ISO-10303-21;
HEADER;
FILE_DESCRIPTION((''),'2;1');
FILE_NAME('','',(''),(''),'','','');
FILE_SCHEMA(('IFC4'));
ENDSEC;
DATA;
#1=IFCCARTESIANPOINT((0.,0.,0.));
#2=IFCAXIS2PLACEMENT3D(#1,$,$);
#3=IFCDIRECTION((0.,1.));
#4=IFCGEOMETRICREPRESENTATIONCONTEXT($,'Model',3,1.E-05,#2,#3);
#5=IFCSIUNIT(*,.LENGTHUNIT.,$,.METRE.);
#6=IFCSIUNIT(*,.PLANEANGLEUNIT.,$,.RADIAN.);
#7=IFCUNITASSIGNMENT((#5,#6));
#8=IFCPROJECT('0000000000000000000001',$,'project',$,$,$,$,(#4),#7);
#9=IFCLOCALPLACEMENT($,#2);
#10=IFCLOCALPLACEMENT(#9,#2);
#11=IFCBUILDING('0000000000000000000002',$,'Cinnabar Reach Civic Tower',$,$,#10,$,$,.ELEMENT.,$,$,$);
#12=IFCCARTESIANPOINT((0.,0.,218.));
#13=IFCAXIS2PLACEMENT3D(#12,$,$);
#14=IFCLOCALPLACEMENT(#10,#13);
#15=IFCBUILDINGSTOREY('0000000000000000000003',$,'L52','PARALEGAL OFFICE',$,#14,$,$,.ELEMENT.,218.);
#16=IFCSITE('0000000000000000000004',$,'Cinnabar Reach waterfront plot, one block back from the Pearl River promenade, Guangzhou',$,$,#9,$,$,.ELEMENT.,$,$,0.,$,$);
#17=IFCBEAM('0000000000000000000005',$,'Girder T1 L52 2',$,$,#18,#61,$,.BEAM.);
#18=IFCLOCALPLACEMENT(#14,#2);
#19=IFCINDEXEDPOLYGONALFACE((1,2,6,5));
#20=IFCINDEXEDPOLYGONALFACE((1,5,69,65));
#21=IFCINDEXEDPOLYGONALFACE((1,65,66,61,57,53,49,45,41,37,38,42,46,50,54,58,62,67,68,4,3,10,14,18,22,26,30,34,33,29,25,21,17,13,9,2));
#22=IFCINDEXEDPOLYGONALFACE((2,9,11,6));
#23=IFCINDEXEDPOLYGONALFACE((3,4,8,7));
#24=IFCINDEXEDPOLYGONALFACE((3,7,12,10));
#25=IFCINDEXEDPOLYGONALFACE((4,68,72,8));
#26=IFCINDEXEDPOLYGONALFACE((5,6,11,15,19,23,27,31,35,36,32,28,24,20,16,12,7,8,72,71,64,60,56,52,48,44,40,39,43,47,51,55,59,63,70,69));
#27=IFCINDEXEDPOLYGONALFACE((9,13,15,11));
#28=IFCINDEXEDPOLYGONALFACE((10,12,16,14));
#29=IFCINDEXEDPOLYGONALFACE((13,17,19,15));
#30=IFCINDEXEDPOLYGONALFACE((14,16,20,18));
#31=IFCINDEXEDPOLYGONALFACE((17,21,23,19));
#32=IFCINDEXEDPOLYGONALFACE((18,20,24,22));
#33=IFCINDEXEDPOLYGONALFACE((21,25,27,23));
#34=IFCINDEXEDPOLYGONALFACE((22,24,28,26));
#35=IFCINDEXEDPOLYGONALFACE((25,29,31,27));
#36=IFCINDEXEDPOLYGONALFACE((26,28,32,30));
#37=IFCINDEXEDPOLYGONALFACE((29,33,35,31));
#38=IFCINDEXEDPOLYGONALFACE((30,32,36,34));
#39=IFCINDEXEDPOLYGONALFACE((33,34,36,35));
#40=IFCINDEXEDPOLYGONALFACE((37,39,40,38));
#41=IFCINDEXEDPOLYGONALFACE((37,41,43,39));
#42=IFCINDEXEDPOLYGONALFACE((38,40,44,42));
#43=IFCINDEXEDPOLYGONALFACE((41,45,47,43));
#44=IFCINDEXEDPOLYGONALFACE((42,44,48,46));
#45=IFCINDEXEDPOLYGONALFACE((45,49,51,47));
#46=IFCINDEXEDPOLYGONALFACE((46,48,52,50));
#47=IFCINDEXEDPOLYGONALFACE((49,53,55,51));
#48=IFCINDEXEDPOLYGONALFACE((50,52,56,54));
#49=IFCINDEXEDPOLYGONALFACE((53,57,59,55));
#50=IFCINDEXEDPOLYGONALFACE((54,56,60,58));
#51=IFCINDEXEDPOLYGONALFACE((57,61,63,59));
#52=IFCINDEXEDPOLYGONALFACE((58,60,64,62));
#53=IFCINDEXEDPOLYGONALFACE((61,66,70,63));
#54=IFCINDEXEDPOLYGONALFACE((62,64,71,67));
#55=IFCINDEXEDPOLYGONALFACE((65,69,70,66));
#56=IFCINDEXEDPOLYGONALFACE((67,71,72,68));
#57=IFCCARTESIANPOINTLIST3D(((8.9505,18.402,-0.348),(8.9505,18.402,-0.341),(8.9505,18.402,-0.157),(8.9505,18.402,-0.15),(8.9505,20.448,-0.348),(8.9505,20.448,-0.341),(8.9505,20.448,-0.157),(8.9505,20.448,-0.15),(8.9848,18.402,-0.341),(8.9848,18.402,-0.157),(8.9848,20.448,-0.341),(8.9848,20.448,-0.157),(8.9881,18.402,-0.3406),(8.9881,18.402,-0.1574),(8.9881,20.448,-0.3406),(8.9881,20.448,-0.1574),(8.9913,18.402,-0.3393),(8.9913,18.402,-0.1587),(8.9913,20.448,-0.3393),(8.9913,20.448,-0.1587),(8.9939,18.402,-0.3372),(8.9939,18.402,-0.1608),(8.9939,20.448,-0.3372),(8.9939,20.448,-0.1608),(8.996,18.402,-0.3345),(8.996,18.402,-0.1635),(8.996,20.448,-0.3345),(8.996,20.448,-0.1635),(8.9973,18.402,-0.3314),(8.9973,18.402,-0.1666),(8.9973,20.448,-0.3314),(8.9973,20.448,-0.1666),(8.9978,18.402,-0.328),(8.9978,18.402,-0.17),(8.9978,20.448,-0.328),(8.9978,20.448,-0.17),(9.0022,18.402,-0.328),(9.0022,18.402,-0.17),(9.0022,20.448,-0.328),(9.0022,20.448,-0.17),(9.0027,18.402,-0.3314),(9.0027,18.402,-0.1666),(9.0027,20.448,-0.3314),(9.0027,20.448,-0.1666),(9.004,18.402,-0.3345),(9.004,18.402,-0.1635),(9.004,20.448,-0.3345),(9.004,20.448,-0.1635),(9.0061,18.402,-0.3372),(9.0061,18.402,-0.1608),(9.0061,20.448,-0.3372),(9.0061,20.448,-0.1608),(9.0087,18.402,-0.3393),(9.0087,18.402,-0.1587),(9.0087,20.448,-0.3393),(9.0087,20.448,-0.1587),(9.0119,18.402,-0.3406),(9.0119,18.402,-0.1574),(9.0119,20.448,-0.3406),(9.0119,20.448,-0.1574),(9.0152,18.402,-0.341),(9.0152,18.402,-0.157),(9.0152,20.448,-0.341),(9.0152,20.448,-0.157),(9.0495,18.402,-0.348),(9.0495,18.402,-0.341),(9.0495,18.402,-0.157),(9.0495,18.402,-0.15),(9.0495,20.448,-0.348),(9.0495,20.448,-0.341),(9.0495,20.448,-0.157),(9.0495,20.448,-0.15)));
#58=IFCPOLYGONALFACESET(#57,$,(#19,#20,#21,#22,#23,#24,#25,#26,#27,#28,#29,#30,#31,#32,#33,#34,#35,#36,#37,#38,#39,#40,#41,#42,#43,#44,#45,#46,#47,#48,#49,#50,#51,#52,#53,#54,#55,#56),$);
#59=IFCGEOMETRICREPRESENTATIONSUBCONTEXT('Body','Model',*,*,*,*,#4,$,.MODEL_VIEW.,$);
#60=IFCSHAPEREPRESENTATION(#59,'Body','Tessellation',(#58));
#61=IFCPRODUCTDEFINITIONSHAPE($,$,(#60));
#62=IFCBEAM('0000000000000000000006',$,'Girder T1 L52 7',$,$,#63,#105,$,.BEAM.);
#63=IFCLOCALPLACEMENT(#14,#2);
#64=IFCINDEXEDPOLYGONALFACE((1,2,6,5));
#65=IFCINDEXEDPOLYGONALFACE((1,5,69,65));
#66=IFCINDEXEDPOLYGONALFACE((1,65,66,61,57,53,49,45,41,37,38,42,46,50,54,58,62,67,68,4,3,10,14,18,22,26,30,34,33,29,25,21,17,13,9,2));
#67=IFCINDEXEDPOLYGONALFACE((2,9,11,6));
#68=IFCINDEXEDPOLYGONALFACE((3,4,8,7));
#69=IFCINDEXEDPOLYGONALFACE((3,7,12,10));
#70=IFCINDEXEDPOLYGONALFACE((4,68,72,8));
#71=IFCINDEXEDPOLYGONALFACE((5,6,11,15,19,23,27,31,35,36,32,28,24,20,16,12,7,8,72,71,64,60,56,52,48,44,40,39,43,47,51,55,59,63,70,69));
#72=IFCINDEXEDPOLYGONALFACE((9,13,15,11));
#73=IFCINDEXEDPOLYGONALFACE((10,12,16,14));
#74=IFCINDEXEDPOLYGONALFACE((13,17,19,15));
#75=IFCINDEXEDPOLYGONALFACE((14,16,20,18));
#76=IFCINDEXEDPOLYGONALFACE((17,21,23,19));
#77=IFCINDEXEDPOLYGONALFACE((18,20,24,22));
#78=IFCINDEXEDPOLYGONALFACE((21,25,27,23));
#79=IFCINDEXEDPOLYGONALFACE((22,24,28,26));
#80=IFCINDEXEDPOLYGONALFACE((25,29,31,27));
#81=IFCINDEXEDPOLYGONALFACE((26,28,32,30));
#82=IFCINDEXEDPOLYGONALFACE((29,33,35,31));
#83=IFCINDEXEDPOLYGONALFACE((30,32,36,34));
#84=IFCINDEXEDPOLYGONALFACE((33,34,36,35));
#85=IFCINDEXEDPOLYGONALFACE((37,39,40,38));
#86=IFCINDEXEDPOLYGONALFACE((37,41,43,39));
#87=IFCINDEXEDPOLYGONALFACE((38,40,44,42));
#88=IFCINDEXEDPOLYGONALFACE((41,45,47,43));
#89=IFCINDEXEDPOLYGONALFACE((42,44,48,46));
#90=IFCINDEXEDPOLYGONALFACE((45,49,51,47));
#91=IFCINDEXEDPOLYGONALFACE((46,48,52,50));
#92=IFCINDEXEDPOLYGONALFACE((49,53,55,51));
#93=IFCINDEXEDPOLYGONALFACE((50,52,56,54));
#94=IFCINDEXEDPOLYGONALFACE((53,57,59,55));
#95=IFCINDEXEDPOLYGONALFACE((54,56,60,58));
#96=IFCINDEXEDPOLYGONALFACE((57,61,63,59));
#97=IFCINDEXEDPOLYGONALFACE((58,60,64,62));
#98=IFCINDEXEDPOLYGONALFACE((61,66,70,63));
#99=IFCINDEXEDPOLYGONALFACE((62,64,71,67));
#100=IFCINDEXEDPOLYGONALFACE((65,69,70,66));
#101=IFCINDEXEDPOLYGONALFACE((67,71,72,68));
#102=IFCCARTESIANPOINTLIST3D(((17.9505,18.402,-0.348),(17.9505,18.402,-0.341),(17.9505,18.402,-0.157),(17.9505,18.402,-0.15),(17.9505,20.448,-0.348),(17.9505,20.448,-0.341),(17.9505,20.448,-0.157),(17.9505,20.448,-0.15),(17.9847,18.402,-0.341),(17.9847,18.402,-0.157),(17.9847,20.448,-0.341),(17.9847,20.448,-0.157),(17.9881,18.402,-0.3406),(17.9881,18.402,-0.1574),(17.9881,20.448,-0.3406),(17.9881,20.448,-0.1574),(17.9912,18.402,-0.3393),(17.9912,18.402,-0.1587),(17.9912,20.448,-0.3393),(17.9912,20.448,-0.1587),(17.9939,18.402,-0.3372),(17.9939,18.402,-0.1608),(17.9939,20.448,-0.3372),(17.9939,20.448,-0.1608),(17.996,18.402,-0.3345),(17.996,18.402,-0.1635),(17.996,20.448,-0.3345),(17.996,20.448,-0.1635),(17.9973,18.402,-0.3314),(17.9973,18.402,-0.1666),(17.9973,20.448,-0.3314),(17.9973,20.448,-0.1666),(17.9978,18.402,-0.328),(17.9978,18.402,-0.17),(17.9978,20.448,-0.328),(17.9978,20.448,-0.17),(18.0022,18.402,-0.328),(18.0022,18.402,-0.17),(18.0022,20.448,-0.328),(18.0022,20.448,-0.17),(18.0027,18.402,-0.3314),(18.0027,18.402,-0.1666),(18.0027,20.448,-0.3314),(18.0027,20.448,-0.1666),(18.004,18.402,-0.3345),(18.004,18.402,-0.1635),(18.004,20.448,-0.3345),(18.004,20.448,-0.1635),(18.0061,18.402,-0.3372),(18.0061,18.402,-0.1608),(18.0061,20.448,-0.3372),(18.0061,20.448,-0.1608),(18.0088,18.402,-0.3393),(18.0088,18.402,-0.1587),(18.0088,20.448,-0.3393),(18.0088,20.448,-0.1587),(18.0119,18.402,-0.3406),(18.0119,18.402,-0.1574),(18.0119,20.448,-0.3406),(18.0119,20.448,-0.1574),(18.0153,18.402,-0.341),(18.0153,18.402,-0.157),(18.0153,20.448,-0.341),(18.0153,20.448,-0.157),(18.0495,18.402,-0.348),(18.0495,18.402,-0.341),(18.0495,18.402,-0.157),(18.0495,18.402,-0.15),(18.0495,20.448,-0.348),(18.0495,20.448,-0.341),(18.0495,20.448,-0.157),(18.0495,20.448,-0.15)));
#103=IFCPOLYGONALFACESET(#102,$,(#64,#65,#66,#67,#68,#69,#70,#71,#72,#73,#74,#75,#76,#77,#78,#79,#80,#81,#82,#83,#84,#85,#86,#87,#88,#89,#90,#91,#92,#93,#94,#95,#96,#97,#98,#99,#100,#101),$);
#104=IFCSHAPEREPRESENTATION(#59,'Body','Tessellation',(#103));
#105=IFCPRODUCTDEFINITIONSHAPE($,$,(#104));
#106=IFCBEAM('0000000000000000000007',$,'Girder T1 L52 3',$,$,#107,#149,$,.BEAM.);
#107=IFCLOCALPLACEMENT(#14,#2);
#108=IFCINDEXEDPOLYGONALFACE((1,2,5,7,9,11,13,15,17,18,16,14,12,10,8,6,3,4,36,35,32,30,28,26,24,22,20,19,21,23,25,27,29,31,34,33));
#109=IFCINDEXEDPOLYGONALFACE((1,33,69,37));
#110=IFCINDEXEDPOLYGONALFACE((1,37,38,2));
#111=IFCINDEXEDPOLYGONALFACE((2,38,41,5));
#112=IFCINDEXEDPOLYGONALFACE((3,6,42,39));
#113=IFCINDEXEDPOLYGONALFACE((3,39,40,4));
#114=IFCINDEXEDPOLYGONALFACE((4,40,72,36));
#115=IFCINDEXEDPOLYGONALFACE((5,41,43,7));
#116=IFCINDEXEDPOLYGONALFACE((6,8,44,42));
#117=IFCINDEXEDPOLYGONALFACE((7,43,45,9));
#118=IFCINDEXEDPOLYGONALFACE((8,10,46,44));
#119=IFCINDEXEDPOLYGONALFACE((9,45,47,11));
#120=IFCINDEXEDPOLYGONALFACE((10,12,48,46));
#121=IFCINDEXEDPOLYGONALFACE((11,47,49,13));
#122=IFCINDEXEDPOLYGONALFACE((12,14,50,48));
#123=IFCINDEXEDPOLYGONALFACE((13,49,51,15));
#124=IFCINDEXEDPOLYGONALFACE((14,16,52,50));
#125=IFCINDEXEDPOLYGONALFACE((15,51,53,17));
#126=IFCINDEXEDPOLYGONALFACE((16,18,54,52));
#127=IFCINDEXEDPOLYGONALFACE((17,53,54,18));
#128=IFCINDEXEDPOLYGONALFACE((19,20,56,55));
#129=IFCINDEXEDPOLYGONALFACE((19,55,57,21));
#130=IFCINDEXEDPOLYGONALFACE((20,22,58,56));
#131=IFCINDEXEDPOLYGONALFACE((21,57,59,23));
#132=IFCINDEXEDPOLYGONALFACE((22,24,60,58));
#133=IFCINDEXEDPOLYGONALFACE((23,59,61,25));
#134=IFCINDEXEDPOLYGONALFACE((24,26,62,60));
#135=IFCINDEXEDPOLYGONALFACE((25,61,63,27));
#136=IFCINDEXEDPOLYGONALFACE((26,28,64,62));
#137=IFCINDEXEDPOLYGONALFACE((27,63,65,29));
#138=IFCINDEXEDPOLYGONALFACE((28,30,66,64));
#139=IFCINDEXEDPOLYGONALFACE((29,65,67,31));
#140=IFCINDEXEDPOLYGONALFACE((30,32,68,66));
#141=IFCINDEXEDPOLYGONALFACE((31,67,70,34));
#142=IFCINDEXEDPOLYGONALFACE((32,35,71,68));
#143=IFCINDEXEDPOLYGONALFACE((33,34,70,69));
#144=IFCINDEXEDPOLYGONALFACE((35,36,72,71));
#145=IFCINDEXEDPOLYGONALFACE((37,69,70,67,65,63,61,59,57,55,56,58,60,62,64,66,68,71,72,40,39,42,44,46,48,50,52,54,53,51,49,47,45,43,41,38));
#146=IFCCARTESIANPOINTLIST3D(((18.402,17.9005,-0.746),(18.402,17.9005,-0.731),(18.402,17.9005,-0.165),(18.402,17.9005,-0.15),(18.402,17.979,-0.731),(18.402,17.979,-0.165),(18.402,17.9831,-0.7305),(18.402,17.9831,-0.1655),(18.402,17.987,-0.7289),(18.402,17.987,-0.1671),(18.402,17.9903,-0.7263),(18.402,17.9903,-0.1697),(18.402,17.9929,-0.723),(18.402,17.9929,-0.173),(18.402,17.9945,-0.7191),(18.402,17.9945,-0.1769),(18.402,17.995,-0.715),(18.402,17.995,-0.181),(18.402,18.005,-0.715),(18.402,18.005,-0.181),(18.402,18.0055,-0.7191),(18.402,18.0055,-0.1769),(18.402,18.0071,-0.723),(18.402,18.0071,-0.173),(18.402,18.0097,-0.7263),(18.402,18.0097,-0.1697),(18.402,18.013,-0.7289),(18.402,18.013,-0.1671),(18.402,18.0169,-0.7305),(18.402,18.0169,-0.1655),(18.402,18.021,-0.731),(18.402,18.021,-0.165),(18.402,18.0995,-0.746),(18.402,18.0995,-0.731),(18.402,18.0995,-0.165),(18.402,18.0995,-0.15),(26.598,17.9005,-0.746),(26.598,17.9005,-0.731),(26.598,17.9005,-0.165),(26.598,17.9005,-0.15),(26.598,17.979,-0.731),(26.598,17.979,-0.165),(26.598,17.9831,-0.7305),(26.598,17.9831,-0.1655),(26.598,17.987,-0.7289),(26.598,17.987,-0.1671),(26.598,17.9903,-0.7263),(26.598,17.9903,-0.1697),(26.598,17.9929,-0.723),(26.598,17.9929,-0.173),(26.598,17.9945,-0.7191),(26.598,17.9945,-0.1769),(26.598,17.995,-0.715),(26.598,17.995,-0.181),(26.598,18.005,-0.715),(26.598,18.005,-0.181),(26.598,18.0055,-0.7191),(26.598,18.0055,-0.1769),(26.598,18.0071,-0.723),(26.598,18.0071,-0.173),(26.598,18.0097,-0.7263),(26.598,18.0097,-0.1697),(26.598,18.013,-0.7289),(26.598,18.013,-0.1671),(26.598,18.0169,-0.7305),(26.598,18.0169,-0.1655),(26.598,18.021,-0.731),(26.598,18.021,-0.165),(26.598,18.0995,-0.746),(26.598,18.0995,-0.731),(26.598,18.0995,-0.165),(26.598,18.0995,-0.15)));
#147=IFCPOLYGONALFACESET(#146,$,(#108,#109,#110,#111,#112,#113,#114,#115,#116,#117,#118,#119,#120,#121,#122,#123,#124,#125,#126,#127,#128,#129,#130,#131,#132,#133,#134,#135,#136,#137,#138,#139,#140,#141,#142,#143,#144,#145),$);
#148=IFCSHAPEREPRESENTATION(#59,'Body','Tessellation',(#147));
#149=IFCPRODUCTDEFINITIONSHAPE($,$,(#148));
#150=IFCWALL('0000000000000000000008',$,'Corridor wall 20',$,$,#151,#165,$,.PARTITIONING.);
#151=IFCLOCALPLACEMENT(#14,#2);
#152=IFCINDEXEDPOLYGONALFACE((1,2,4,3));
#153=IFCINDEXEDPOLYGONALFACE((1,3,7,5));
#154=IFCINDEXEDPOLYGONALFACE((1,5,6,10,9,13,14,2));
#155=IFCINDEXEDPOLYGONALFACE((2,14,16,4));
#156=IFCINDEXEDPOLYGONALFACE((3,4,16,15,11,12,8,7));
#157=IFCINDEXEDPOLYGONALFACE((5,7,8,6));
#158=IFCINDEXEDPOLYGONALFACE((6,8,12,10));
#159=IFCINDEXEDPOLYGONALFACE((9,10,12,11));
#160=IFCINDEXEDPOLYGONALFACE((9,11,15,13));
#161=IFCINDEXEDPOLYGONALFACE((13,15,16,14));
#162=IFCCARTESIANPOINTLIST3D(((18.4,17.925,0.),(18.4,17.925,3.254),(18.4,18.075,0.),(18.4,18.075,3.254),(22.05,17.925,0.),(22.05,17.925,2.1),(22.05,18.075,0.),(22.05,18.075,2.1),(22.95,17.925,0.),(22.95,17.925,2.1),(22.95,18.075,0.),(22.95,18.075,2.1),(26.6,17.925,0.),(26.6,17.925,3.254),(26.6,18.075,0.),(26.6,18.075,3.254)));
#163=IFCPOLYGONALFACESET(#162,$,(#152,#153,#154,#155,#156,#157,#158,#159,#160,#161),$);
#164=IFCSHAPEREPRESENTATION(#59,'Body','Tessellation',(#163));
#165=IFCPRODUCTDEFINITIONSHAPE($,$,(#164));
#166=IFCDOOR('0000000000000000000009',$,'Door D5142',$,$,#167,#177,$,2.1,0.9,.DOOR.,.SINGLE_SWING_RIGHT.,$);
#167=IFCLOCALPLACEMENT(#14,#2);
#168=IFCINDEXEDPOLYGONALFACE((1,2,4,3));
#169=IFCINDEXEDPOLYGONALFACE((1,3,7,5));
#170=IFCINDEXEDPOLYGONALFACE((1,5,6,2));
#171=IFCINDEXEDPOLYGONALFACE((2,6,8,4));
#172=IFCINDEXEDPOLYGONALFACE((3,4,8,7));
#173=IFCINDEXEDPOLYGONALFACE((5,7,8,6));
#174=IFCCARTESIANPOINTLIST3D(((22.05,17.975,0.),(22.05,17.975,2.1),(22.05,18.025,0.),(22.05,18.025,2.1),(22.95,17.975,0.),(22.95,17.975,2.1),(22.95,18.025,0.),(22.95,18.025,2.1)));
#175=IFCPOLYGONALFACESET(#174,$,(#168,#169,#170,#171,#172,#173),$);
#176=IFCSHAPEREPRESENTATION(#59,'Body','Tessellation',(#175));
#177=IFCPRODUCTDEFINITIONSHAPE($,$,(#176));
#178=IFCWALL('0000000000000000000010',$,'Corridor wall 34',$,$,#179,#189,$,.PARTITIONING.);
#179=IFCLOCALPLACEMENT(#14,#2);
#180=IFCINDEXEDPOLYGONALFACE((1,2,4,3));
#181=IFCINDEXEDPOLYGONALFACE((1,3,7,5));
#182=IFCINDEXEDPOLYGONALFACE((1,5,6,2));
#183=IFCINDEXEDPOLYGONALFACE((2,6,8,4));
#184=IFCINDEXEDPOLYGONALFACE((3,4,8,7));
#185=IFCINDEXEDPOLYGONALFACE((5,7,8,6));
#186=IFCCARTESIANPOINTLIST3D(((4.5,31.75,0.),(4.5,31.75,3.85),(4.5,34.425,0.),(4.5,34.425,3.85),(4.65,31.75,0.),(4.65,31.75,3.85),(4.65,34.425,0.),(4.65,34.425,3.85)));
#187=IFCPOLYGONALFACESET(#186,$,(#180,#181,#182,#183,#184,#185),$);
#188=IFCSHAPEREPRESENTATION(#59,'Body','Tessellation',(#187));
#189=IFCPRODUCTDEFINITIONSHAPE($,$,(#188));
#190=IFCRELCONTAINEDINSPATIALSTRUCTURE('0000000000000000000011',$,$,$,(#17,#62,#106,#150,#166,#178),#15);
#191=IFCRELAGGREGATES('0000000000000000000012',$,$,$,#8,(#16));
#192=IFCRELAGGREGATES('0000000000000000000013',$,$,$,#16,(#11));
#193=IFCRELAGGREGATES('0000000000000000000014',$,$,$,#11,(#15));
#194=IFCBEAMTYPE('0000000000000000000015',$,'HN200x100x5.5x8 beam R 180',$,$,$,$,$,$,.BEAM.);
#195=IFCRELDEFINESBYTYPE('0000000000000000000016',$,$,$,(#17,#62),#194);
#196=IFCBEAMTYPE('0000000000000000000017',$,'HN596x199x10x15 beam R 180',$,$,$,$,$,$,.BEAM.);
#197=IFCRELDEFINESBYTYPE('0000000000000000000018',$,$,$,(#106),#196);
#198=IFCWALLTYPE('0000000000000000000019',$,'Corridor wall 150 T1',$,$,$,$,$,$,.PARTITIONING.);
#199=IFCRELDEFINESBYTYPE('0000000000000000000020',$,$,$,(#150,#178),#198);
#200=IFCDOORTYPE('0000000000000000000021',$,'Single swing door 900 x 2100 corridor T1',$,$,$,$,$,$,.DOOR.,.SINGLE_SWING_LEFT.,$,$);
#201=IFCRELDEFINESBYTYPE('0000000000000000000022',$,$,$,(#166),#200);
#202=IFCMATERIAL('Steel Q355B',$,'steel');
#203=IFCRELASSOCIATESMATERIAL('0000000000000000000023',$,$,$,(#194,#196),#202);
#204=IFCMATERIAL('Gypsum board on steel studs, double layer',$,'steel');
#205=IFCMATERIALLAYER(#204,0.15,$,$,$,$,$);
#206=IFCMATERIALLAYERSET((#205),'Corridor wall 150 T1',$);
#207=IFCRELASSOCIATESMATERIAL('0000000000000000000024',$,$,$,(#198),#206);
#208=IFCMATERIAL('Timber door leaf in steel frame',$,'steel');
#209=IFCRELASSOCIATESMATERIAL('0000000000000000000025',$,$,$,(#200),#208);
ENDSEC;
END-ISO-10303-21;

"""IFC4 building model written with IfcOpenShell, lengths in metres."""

from ifc_helpers import new_model, si_unit, direction, frame, frame_2d, origin, origin_2d, place, context, subcontext, project, spatial, rectangle, i_section, extrude, material, layer, layer_set, material_profile, profile_set, type_object, element, fill, save


model = new_model("IFC4")

# Units and contexts
model_context = context("Model", 3, precision=1e-05, world=origin(), true_north=direction((0.0, 1.0)))
body_context = subcontext(model_context, "Body", "Model", "MODEL_VIEW")
ifc_project = project(units=[si_unit("LENGTHUNIT", "METRE"), si_unit("PLANEANGLEUNIT", "RADIAN")], contexts=[model_context])

# Site, building, storey
site_placement = place(None, origin())
site = spatial("IfcSite", under=ifc_project, at=site_placement, Name="Cinnabar Reach waterfront plot, one block back from the Pearl River promenade, Guangzhou", CompositionType="ELEMENT", RefElevation=0.0)
building_placement = place(site_placement, origin())
building = spatial("IfcBuilding", under=site, at=building_placement, Name="Cinnabar Reach Civic Tower", CompositionType="ELEMENT")
storey_placement = place(building_placement, frame((0.0, 0.0, 218.0)))
storey = spatial("IfcBuildingStorey", under=building, at=storey_placement, Name="L52", Description="PARALEGAL OFFICE", CompositionType="ELEMENT", Elevation=218.0)

# Beams
ifc_material_1 = material(Name="Steel Q355B", Category="steel")
ifc_material_profile_1 = material_profile(ifc_material_1, i_section(OverallWidth=0.099, OverallDepth=0.198, WebThickness=0.0045, FlangeThickness=0.007, FilletRadius=0.013, at=origin_2d()), Name="HN200x100x5.5x8")
ifc_profile_set_1 = profile_set([ifc_material_profile_1], Name="Steel Q355B")
beam_type_1 = type_object("IfcBeamType", Name="HN200x100x5.5x8 beam R 180", PredefinedType="BEAM", material=ifc_profile_set_1)
for number, where, z_axis, x_axis, name in (
    (1, (9.0, 18.402, -0.249), (0.0, 1.0, 0.0), (-1.0, 0.0, 0.0), "Girder T1 L52 2"),
    (2, (18.0, 18.402, -0.249), (0.0, 1.0, 0.0), (-1.0, 0.0, 0.0), "Girder T1 L52 7"),
):
    element("IfcBeam", number, at=place(storey_placement, frame(where, z_axis=z_axis, x_axis=x_axis)), inside=storey, type_object=beam_type_1, Name=name, PredefinedType="BEAM", context=body_context, shape_type="SweptSolid", body=[
        extrude(i_section(OverallWidth=0.099, OverallDepth=0.198, WebThickness=0.0045, FlangeThickness=0.007, FilletRadius=0.013, at=origin_2d()), origin(), (0.0, 0.0, 1.0), 2.046),
    ])
ifc_material_profile_2 = material_profile(ifc_material_1, i_section(OverallWidth=0.199, OverallDepth=0.596, WebThickness=0.01, FlangeThickness=0.015, FilletRadius=0.016, at=origin_2d()), Name="HN596x199x10x15")
ifc_profile_set_2 = profile_set([ifc_material_profile_2], Name="Steel Q355B")
beam_type_2 = type_object("IfcBeamType", Name="HN596x199x10x15 beam R 180", PredefinedType="BEAM", material=ifc_profile_set_2)
beam_placement = place(storey_placement, frame((18.402, 18.0, -0.448), z_axis=(1.0, 0.0, 0.0), x_axis=(0.0, 1.0, 0.0)))
element("IfcBeam", 3, at=beam_placement, inside=storey, type_object=beam_type_2, Name="Girder T1 L52 3", PredefinedType="BEAM", context=body_context, shape_type="SweptSolid", body=[
    extrude(i_section(OverallWidth=0.199, OverallDepth=0.596, WebThickness=0.01, FlangeThickness=0.015, FilletRadius=0.016, at=origin_2d()), origin(), (0.0, 0.0, 1.0), 8.196),
])

# Wall, opening, door
ifc_material_2 = material(Name="Gypsum board on steel studs, double layer", Category="steel")
ifc_layer_1 = layer(ifc_material_2, 0.15)
ifc_layer_set_1 = layer_set([ifc_layer_1], Name="Corridor wall 150 T1")
wall_type_1 = type_object("IfcWallType", Name="Corridor wall 150 T1", PredefinedType="PARTITIONING", material=ifc_layer_set_1)
wall_1_placement = place(storey_placement, frame((18.4, 18.0, 0.0), z_axis=(0.0, 0.0, 1.0), x_axis=(1.0, 0.0, 0.0)))
wall_1 = element("IfcWall", 4, at=wall_1_placement, inside=storey, type_object=wall_type_1, Name="Corridor wall 20", PredefinedType="PARTITIONING", context=body_context, shape_type="SweptSolid", body=[
    extrude(rectangle(XDim=8.2, YDim=0.15, at=frame_2d((4.1, 0.0))), origin(), (0.0, 0.0, 1.0), 3.254),
])
opening_placement = place(wall_1_placement, frame((3.65, 0.0, 0.0)))
opening = element("IfcOpeningElement", 5, at=opening_placement, cuts=wall_1, PredefinedType="OPENING", context=body_context, shape_type="SweptSolid", body=[
    extrude(rectangle(XDim=0.9, YDim=2.1, at=frame_2d((0.45, 1.05))), frame((0.0, 0.085, 0.0), z_axis=(0.0, -1.0, 0.0), x_axis=(1.0, 0.0, 0.0)), (0.0, 0.0, 1.0), 0.17),
])
ifc_material_3 = material(Name="Timber door leaf in steel frame", Category="steel")
door_type = type_object("IfcDoorType", Name="Single swing door 900 x 2100 corridor T1", OperationType="SINGLE_SWING_LEFT", PredefinedType="DOOR", material=ifc_material_3)
door_placement = place(opening_placement, frame((0.9, 0.0, 0.0), z_axis=(0.0, 0.0, 1.0), x_axis=(-1.0, 0.0, 0.0)))
door = element("IfcDoor", 6, at=door_placement, inside=storey, type_object=door_type, Name="Door D5142", OperationType="SINGLE_SWING_RIGHT", OverallHeight=2.1, OverallWidth=0.9, PredefinedType="DOOR", context=body_context, shape_type="SweptSolid", body=[
    extrude(rectangle(XDim=0.9, YDim=2.1, at=frame_2d((0.45, 1.05))), frame((0.0, 0.025, 0.0), z_axis=(0.0, -1.0, 0.0), x_axis=(1.0, 0.0, 0.0)), (0.0, 0.0, 1.0), 0.05),
])
fill(opening, door)

# Wall
wall_2_placement = place(storey_placement, frame((4.575, 31.75, 0.0), z_axis=(0.0, 0.0, 1.0), x_axis=(0.0, 1.0, 0.0)))
element("IfcWall", 7, at=wall_2_placement, inside=storey, type_object=wall_type_1, Name="Corridor wall 34", PredefinedType="PARTITIONING", context=body_context, shape_type="SweptSolid", body=[
    extrude(rectangle(XDim=2.675, YDim=0.15, at=frame_2d((1.3375, 0.0))), origin(), (0.0, 0.0, 1.0), 3.85),
])

save(model, "model.ifc")
